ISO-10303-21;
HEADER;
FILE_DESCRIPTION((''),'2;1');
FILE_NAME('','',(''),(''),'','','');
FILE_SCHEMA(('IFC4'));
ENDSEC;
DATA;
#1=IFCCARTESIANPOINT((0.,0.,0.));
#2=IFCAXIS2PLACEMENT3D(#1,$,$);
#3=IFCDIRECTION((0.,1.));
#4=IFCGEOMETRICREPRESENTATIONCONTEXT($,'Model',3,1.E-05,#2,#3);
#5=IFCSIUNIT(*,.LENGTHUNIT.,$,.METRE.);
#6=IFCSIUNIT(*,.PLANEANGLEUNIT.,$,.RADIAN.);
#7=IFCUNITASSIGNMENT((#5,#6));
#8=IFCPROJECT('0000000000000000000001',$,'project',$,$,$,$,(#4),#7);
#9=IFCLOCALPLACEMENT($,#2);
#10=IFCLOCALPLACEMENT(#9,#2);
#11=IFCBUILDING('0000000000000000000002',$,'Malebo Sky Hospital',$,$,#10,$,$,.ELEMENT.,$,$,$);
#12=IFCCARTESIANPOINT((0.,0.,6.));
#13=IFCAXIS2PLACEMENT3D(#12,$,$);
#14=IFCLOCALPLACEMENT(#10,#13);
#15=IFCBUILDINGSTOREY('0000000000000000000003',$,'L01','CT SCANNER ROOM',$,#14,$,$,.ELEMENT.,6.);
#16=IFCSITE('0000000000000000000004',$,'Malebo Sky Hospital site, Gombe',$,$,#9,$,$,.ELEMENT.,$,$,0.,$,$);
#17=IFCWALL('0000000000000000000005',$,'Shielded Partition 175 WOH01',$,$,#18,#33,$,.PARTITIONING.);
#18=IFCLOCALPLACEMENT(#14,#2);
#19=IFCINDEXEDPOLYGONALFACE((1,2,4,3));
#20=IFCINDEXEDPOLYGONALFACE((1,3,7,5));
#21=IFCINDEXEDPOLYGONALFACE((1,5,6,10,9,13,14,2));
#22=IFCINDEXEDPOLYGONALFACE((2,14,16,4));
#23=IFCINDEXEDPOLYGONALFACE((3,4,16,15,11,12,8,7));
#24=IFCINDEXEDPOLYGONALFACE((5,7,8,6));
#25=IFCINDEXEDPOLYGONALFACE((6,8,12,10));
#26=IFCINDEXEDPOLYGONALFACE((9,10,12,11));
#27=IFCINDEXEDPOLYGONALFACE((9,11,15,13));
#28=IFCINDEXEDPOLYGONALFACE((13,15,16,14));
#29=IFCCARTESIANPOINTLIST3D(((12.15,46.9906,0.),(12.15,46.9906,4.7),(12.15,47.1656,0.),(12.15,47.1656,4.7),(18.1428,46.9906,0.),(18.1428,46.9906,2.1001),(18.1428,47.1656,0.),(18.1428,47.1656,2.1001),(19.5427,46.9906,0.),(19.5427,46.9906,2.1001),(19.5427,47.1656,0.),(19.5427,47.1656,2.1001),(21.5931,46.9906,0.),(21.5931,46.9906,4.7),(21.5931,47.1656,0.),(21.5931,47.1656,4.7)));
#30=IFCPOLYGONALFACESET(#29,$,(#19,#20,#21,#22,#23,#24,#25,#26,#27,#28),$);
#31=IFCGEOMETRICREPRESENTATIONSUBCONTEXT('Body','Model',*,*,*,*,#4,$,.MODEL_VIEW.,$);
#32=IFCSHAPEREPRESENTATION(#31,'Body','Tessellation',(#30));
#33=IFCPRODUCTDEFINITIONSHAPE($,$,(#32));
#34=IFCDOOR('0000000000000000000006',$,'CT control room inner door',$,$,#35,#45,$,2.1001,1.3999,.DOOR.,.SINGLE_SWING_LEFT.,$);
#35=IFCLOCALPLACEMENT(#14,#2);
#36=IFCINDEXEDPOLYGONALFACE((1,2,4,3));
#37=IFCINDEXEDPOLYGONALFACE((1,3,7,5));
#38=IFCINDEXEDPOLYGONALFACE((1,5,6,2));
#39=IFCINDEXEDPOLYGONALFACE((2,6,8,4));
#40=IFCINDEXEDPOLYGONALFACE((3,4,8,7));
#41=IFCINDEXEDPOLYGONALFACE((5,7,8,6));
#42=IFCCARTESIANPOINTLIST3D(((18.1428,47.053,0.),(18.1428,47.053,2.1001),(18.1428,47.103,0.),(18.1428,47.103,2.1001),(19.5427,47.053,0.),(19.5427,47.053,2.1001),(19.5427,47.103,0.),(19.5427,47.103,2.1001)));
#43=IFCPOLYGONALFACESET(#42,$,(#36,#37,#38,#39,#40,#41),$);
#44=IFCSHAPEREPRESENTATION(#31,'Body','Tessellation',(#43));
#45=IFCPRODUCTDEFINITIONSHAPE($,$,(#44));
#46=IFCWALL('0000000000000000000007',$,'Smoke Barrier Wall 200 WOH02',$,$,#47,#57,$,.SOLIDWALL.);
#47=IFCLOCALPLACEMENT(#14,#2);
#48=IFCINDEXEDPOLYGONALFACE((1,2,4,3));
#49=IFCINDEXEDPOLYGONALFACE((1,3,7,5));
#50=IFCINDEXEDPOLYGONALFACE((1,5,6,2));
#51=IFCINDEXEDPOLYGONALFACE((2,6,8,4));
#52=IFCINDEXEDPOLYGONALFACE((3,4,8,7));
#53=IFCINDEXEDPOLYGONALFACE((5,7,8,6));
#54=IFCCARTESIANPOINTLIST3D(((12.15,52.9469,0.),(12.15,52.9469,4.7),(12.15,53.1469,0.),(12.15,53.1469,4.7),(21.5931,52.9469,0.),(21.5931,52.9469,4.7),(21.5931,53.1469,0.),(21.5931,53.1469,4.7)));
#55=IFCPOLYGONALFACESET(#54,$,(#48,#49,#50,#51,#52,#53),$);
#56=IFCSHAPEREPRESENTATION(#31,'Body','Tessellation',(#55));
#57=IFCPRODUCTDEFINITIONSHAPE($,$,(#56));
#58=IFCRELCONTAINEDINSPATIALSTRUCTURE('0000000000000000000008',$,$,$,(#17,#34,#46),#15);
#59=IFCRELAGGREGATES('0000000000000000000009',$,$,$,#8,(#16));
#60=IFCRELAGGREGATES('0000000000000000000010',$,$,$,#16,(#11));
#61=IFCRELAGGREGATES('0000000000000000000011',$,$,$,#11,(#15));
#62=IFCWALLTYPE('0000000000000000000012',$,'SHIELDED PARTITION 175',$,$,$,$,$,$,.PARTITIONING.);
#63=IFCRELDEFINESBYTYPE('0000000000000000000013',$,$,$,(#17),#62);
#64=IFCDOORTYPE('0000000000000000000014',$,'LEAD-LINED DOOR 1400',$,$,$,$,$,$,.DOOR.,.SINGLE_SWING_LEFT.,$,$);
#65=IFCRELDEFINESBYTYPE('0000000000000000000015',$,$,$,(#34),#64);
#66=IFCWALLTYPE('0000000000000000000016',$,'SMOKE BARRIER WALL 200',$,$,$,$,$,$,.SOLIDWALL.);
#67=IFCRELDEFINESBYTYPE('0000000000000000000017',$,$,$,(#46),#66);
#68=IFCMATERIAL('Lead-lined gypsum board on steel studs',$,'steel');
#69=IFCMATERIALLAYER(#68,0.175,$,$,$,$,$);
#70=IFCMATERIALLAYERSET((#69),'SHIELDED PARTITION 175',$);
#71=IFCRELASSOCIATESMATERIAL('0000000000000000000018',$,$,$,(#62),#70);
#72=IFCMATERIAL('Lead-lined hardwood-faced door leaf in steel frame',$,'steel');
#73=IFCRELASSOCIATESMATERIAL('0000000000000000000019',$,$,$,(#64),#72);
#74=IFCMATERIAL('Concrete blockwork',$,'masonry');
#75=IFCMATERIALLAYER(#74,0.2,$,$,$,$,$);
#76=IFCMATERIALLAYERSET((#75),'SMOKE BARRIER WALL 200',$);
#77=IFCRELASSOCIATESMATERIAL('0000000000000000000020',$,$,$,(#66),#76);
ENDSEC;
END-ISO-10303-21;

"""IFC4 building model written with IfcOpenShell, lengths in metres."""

from ifc_helpers import new_model, si_unit, direction, frame, frame_2d, origin, place, context, subcontext, project, spatial, rectangle, extrude, material, layer, layer_set, type_object, element, fill, save


model = new_model("IFC4")

# Units and contexts
model_context = context("Model", 3, precision=1e-05, world=origin(), true_north=direction((0.0, 1.0)))
body_context = subcontext(model_context, "Body", "Model", "MODEL_VIEW")
ifc_project = project(units=[si_unit("LENGTHUNIT", "METRE"), si_unit("PLANEANGLEUNIT", "RADIAN")], contexts=[model_context])

# Site, building, storey
site_placement = place(None, origin())
site = spatial("IfcSite", under=ifc_project, at=site_placement, Name="Malebo Sky Hospital site, Gombe", CompositionType="ELEMENT", RefElevation=0.0)
building_placement = place(site_placement, origin())
building = spatial("IfcBuilding", under=site, at=building_placement, Name="Malebo Sky Hospital", CompositionType="ELEMENT")
storey_placement = place(building_placement, frame((0.0, 0.0, 6.0)))
storey = spatial("IfcBuildingStorey", under=building, at=storey_placement, Name="L01", Description="CT SCANNER ROOM", CompositionType="ELEMENT", Elevation=6.0)

# Wall, opening, door
ifc_material_1 = material(Name="Lead-lined gypsum board on steel studs", Category="steel")
ifc_layer_1 = layer(ifc_material_1, 0.175)
ifc_layer_set_1 = layer_set([ifc_layer_1], Name="SHIELDED PARTITION 175")
wall_type_1 = type_object("IfcWallType", Name="SHIELDED PARTITION 175", PredefinedType="PARTITIONING", material=ifc_layer_set_1)
ifc_material_2 = material(Name="Lead-lined hardwood-faced door leaf in steel frame", Category="steel")
door_type_1 = type_object("IfcDoorType", Name="LEAD-LINED DOOR 1400", OperationType="SINGLE_SWING_LEFT", PredefinedType="DOOR", material=ifc_material_2)
wall_1_placement = place(storey_placement, frame((12.1499, 47.0781, 0.0), z_axis=(0.0, 0.0, 1.0), x_axis=(1.0, 0.0, 0.0)))
wall_1 = element("IfcWall", 1, at=wall_1_placement, inside=storey, type_object=wall_type_1, Name="Shielded Partition 175 WOH01", PredefinedType="PARTITIONING", context=body_context, shape_type="SweptSolid", body=[
    extrude(rectangle(XDim=9.4431, YDim=0.175, at=frame_2d((4.7217, 0.0))), origin(), (0.0, 0.0, 1.0), 4.7),
])
opening_1_placement = place(wall_1_placement, frame((5.9929, 0.0, 0.0)))
opening_1 = element("IfcOpeningElement", 2, at=opening_1_placement, cuts=wall_1, PredefinedType="OPENING", context=body_context, shape_type="SweptSolid", body=[
    extrude(rectangle(XDim=1.3999, YDim=2.1001, at=frame_2d((0.7, 1.05))), frame((0.0, 0.0974, 0.0), z_axis=(0.0, -1.0, 0.0), x_axis=(1.0, 0.0, 0.0)), (0.0, 0.0, 1.0), 0.1951),
])
door_1_placement = place(opening_1_placement, origin())
door_1 = element("IfcDoor", 3, at=door_1_placement, inside=storey, type_object=door_type_1, Name="CT control room inner door", OperationType="SINGLE_SWING_LEFT", OverallHeight=2.1001, OverallWidth=1.3999, PredefinedType="DOOR", context=body_context, shape_type="SweptSolid", body=[
    extrude(rectangle(XDim=1.3999, YDim=2.1001, at=frame_2d((0.7, 1.05))), frame((0.0, 0.0249, 0.0), z_axis=(0.0, -1.0, 0.0), x_axis=(1.0, 0.0, 0.0)), (0.0, 0.0, 1.0), 0.05),
])
fill(opening_1, door_1)

# Wall
ifc_material_3 = material(Name="Concrete blockwork", Category="masonry")
ifc_layer_2 = layer(ifc_material_3, 0.2)
ifc_layer_set_2 = layer_set([ifc_layer_2], Name="SMOKE BARRIER WALL 200")
wall_type_2 = type_object("IfcWallType", Name="SMOKE BARRIER WALL 200", PredefinedType="SOLIDWALL", material=ifc_layer_set_2)
wall_2_placement = place(storey_placement, frame((12.1499, 53.0469, 0.0), z_axis=(0.0, 0.0, 1.0), x_axis=(1.0, 0.0, 0.0)))
element("IfcWall", 4, at=wall_2_placement, inside=storey, type_object=wall_type_2, Name="Smoke Barrier Wall 200 WOH02", PredefinedType="SOLIDWALL", context=body_context, shape_type="SweptSolid", body=[
    extrude(rectangle(XDim=9.4431, YDim=0.2, at=frame_2d((4.7217, 0.0))), origin(), (0.0, 0.0, 1.0), 4.7),
])

save(model, "model.ifc")
